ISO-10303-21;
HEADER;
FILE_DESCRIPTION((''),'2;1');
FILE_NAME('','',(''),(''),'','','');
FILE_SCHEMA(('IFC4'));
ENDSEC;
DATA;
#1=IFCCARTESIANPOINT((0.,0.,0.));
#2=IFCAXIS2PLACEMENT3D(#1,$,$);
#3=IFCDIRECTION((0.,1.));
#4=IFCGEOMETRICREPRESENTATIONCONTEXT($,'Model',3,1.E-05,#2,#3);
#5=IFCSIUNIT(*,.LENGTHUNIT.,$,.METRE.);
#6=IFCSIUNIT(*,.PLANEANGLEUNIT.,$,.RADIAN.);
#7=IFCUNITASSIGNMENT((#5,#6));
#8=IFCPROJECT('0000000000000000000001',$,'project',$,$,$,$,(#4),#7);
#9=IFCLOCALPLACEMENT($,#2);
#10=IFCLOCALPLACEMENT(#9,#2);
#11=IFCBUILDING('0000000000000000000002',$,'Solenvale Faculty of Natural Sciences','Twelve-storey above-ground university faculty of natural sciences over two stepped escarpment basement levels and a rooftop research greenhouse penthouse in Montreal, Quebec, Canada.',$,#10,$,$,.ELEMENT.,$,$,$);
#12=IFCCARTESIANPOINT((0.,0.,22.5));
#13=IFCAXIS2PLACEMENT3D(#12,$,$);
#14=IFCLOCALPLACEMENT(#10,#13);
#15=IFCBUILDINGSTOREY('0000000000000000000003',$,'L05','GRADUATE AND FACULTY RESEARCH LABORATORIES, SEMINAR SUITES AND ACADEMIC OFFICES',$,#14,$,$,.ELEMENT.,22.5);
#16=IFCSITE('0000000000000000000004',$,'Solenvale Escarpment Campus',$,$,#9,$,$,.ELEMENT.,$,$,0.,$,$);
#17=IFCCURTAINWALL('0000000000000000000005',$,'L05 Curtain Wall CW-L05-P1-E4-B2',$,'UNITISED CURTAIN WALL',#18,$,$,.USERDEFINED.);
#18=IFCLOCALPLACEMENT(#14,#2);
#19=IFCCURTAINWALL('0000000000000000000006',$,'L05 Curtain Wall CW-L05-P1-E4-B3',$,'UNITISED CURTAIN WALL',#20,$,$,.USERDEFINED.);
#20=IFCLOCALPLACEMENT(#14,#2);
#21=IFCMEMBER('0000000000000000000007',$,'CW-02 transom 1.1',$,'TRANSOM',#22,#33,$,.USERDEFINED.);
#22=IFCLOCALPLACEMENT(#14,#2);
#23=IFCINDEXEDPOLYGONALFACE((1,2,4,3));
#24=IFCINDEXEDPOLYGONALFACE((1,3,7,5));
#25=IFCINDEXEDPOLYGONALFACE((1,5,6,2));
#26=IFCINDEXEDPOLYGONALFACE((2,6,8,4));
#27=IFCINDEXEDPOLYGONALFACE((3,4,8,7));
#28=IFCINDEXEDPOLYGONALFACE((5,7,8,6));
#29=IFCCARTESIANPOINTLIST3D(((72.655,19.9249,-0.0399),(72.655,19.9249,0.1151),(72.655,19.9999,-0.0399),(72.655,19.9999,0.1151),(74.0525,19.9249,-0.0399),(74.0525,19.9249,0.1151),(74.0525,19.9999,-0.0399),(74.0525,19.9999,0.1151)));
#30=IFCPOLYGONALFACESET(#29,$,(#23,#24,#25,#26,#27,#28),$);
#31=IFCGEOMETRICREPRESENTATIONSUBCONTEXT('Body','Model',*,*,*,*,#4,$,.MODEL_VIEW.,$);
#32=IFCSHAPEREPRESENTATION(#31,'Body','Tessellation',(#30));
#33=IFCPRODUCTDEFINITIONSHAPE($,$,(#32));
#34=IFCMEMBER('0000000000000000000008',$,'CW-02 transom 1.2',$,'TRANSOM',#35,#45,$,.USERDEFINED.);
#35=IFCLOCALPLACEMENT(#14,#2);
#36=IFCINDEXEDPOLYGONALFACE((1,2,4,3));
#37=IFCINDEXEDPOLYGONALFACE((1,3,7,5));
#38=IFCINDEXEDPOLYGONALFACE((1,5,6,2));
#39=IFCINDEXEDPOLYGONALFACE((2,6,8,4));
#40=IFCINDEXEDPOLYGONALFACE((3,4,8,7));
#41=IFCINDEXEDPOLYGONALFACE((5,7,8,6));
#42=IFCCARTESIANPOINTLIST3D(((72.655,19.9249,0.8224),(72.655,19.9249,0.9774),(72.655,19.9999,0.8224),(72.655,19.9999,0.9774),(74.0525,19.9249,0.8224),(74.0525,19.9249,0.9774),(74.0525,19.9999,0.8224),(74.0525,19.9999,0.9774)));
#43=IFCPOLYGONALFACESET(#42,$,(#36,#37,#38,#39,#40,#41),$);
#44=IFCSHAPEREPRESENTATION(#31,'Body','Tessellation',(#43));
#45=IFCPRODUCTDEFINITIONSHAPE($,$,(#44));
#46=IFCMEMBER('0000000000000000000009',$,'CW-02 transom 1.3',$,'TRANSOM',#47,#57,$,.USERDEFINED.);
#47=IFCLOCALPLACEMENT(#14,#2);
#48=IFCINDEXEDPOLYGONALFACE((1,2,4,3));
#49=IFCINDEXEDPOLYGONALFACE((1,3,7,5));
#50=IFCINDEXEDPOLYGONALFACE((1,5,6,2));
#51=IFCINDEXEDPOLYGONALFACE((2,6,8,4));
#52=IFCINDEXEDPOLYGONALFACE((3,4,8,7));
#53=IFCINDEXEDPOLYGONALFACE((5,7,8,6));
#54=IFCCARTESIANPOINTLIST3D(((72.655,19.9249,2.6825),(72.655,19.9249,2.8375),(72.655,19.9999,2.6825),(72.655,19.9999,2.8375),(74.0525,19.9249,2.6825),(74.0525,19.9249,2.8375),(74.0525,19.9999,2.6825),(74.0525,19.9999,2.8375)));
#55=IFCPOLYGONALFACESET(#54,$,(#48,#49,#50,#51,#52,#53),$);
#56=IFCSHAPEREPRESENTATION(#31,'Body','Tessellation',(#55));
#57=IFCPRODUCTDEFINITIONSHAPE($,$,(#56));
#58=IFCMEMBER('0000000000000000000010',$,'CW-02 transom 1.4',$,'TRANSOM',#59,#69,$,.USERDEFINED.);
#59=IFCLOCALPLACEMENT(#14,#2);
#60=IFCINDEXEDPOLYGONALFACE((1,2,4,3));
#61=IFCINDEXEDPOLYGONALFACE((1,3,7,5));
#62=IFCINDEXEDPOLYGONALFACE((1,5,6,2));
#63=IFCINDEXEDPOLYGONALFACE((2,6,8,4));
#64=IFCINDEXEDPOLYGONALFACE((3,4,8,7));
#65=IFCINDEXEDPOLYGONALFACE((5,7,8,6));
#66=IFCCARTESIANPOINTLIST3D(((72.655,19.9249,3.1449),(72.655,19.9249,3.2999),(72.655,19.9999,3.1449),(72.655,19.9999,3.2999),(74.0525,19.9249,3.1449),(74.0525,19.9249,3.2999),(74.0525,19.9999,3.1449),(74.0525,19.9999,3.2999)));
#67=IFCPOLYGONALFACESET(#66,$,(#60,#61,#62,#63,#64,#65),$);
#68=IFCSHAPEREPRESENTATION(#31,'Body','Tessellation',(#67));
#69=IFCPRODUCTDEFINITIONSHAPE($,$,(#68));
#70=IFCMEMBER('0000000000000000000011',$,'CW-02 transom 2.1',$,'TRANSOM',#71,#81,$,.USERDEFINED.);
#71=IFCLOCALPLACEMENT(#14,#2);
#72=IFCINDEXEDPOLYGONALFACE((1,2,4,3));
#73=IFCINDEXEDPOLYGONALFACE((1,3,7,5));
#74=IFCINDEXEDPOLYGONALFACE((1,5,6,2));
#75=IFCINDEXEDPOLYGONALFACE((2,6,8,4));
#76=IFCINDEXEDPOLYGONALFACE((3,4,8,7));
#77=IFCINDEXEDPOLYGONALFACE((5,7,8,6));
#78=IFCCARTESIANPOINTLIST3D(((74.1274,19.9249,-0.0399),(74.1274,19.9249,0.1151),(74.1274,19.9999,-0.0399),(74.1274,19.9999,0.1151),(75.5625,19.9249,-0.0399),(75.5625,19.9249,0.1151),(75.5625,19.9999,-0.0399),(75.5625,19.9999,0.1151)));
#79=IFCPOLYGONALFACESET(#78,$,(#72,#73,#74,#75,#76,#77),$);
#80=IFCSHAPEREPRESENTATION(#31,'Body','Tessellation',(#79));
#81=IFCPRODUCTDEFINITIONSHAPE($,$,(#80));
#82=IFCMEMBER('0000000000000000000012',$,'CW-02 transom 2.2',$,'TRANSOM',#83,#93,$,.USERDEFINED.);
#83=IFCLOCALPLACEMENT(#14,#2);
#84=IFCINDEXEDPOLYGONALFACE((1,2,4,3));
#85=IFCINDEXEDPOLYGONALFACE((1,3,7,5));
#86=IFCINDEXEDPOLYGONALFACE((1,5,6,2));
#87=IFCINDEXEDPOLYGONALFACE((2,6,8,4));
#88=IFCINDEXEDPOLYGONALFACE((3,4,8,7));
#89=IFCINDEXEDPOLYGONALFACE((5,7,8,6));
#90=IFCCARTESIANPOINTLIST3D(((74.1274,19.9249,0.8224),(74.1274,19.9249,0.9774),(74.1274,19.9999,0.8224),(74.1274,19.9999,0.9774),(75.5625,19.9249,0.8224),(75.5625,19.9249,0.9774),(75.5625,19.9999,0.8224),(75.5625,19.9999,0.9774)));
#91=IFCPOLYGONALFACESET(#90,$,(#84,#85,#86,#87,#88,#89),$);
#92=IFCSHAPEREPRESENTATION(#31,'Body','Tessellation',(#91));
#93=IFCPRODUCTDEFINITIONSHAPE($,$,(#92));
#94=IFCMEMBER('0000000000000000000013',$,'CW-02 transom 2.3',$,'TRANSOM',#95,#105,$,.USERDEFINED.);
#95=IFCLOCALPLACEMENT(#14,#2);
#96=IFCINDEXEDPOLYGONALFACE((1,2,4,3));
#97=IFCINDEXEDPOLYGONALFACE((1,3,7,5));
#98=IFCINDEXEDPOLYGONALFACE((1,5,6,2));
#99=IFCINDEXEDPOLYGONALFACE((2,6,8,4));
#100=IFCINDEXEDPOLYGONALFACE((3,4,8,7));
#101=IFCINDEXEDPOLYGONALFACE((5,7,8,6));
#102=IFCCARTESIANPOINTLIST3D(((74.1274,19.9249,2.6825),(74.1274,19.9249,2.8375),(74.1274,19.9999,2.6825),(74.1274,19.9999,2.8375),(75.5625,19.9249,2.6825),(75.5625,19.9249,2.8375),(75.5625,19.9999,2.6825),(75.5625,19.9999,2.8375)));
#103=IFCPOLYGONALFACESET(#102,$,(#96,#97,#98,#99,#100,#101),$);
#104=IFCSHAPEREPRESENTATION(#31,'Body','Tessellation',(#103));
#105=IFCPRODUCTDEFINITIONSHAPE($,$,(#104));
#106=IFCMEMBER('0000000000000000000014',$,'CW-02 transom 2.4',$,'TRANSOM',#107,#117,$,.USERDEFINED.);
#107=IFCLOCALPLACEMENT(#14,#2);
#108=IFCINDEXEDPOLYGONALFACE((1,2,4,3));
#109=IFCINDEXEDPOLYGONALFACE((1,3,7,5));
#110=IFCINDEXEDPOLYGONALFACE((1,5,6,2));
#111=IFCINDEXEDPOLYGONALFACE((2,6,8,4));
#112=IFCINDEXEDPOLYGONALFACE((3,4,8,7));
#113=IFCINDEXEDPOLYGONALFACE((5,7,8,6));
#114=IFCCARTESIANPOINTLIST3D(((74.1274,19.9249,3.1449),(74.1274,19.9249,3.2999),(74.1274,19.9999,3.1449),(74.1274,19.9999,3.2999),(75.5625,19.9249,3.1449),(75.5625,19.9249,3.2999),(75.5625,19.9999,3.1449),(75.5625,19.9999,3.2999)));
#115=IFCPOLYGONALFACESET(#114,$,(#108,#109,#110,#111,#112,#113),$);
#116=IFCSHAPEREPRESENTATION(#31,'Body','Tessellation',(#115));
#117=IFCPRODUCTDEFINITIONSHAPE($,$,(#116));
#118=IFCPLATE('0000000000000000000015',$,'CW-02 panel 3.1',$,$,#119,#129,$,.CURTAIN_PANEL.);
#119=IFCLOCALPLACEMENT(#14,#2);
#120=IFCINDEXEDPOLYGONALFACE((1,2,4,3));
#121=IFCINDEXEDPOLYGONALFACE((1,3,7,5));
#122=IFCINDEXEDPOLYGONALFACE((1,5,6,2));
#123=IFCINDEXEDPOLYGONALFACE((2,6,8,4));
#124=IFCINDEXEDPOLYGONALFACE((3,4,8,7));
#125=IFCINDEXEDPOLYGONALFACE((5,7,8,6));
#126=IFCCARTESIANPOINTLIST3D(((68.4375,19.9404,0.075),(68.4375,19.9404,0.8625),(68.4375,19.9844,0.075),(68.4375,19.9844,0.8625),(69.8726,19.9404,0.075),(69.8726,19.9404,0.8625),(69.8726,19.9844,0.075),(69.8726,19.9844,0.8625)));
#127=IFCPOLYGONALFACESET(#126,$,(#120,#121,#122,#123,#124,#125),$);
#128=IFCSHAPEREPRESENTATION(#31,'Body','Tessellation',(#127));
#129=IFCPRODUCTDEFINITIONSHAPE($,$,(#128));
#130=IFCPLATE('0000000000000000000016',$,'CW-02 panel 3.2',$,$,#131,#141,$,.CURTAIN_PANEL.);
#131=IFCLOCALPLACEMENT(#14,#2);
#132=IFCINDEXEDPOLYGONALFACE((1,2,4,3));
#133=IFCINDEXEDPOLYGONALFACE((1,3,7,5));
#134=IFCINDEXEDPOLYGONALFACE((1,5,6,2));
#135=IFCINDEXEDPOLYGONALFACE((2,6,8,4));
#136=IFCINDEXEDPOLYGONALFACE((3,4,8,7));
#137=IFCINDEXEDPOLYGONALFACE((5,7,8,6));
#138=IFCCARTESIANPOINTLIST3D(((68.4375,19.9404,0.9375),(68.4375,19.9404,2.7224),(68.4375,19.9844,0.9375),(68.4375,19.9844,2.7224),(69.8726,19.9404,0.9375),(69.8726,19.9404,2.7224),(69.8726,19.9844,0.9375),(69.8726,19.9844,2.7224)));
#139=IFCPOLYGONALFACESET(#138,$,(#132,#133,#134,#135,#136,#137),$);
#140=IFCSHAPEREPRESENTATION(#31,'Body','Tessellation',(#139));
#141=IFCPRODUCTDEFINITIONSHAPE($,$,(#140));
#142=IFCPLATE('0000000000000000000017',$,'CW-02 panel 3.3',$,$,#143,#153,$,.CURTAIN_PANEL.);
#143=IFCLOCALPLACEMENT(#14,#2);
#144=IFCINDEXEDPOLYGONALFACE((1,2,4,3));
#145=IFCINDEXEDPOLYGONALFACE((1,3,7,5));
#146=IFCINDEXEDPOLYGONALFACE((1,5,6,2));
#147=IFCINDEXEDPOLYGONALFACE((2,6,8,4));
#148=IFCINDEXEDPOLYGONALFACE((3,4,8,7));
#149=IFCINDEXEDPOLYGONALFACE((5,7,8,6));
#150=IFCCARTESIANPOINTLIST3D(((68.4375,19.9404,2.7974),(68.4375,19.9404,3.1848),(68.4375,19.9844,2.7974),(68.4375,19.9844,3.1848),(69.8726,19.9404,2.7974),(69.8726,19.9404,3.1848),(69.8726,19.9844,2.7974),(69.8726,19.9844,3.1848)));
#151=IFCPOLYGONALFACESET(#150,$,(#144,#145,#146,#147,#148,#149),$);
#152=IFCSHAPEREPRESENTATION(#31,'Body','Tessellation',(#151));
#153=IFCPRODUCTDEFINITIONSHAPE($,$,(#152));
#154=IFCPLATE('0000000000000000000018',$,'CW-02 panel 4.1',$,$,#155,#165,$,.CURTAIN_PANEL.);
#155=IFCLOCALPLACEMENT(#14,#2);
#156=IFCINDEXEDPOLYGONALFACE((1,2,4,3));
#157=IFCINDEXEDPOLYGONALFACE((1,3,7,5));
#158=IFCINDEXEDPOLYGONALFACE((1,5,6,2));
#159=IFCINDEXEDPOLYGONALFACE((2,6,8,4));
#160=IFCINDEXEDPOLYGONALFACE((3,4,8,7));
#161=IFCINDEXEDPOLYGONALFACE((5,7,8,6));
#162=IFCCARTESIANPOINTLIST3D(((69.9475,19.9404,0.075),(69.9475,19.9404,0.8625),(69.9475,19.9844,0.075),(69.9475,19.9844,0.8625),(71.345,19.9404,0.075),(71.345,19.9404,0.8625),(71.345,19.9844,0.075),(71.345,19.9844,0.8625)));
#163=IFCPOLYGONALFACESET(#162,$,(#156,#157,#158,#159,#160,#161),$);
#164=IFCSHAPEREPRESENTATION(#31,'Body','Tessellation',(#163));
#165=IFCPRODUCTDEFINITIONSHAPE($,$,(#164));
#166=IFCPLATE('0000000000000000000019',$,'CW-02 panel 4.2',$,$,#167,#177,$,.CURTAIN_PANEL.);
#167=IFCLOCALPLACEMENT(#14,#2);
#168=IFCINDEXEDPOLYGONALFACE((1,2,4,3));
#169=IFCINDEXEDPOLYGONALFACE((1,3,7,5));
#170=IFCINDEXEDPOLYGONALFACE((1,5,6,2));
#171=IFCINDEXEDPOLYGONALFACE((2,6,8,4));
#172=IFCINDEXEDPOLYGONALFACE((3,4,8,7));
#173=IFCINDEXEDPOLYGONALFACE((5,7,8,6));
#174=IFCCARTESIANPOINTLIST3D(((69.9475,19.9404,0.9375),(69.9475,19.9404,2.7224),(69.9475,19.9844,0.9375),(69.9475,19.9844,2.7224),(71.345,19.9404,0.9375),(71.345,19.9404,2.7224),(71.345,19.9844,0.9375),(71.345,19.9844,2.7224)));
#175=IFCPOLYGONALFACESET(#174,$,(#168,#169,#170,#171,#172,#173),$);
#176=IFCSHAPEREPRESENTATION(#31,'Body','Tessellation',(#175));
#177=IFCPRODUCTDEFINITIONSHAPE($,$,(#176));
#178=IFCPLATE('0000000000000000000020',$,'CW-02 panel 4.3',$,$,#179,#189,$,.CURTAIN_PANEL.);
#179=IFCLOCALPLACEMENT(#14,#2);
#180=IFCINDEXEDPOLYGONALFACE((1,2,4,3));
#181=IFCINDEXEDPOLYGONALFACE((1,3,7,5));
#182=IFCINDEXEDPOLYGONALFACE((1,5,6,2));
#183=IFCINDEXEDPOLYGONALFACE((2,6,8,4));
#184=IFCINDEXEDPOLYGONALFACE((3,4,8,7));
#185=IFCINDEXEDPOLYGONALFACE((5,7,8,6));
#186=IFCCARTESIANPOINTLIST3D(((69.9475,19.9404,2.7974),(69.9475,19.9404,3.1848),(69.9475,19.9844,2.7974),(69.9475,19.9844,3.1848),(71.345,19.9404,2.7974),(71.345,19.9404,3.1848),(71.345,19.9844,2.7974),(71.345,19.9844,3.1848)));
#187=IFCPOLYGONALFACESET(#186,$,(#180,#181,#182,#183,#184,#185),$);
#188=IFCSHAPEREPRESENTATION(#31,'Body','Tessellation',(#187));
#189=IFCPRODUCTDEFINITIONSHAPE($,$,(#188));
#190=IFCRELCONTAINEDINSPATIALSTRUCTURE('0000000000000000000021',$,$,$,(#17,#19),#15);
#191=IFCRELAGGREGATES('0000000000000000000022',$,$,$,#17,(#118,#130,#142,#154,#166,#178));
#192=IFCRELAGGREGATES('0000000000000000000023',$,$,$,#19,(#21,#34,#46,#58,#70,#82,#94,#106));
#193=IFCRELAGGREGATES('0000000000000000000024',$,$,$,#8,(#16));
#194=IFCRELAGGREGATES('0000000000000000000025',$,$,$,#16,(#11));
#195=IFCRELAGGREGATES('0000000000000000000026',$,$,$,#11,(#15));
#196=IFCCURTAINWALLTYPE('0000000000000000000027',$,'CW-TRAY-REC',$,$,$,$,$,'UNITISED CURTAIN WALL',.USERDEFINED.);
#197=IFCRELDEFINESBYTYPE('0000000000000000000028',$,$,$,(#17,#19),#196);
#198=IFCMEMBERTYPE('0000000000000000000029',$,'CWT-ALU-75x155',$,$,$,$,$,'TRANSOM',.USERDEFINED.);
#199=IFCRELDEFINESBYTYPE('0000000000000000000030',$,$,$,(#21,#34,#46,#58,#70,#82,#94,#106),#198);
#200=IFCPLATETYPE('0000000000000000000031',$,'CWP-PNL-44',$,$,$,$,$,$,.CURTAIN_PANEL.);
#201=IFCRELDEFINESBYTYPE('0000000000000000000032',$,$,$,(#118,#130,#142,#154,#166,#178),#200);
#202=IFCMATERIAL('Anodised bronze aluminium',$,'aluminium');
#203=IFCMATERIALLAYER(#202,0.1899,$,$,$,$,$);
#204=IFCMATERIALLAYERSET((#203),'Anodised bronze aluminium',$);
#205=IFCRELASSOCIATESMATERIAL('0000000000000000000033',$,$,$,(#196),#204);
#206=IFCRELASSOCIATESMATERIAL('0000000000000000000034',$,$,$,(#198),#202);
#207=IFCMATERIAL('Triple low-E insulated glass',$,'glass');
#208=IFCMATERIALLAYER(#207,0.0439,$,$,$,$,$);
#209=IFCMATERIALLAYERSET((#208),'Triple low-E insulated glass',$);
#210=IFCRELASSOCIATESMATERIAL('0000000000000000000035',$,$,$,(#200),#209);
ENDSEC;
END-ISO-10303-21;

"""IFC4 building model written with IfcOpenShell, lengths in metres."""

from ifc_helpers import new_model, si_unit, direction, frame, origin, origin_2d, place, context, subcontext, project, spatial, rectangle, extrude, material, layer, layer_set, material_profile, profile_set, type_object, element, aggregate, save


model = new_model("IFC4")

# Units and contexts
model_context = context("Model", 3, precision=1e-05, world=origin(), true_north=direction((0.0, 1.0)))
body_context = subcontext(model_context, "Body", "Model", "MODEL_VIEW")
ifc_project = project(units=[si_unit("LENGTHUNIT", "METRE"), si_unit("PLANEANGLEUNIT", "RADIAN")], contexts=[model_context])

# Site, building, storey
site_placement = place(None, origin())
site = spatial("IfcSite", under=ifc_project, at=site_placement, Name="Solenvale Escarpment Campus", CompositionType="ELEMENT", RefElevation=0.0)
building_placement = place(site_placement, origin())
building = spatial("IfcBuilding", under=site, at=building_placement, Name="Solenvale Faculty of Natural Sciences", Description="Twelve-storey above-ground university faculty of natural sciences over two stepped escarpment basement levels and a rooftop research greenhouse penthouse in Montreal, Quebec, Canada.", CompositionType="ELEMENT")
storey_placement = place(building_placement, frame((0.0, 0.0, 22.5)))
storey = spatial("IfcBuildingStorey", under=building, at=storey_placement, Name="L05", Description="GRADUATE AND FACULTY RESEARCH LABORATORIES, SEMINAR SUITES AND ACADEMIC OFFICES", CompositionType="ELEMENT", Elevation=22.5)

# Curtain walls
ifc_material_1 = material(Name="Anodised bronze aluminium", Category="aluminium")
ifc_layer_1 = layer(ifc_material_1, 0.1899)
ifc_layer_set_1 = layer_set([ifc_layer_1], Name="Anodised bronze aluminium")
curtain_wall_type = type_object("IfcCurtainWallType", Name="CW-TRAY-REC", ElementType="UNITISED CURTAIN WALL", PredefinedType="USERDEFINED", material=ifc_layer_set_1)
curtain_wall_1_placement = place(storey_placement, origin())
curtain_wall_1 = element("IfcCurtainWall", 1, at=curtain_wall_1_placement, inside=storey, type_object=curtain_wall_type, Name="L05 Curtain Wall CW-L05-P1-E4-B2", ObjectType="UNITISED CURTAIN WALL", PredefinedType="USERDEFINED")
curtain_wall_2_placement = place(storey_placement, origin())
curtain_wall_2 = element("IfcCurtainWall", 2, at=curtain_wall_2_placement, inside=storey, type_object=curtain_wall_type, Name="L05 Curtain Wall CW-L05-P1-E4-B3", ObjectType="UNITISED CURTAIN WALL", PredefinedType="USERDEFINED")

# Members
ifc_material_profile_1 = material_profile(ifc_material_1, rectangle(XDim=0.075, YDim=0.155, at=origin_2d()), Name="ALU-TRN-75x155")
ifc_profile_set_1 = profile_set([ifc_material_profile_1], Name="Anodised bronze aluminium")
member_type_1 = type_object("IfcMemberType", Name="CWT-ALU-75x155", ElementType="TRANSOM", PredefinedType="USERDEFINED", material=ifc_profile_set_1)
member_1_placement = place(storey_placement, frame((72.655, 19.9624, 0.0376), z_axis=(1.0, 0.0, 0.0), x_axis=(0.0, 1.0, 0.0)))
member_1 = element("IfcMember", 3, at=member_1_placement, type_object=member_type_1, Name="CW-02 transom 1.1", ObjectType="TRANSOM", PredefinedType="USERDEFINED", context=body_context, shape_type="SweptSolid", body=[
    extrude(rectangle(XDim=0.075, YDim=0.155, at=origin_2d()), origin(), (0.0, 0.0, 1.0), 1.3975),
])
member_2_placement = place(storey_placement, frame((72.655, 19.9624, 0.8999), z_axis=(1.0, 0.0, 0.0), x_axis=(0.0, 1.0, 0.0)))
member_2 = element("IfcMember", 4, at=member_2_placement, type_object=member_type_1, Name="CW-02 transom 1.2", ObjectType="TRANSOM", PredefinedType="USERDEFINED", context=body_context, shape_type="SweptSolid", body=[
    extrude(rectangle(XDim=0.075, YDim=0.155, at=origin_2d()), origin(), (0.0, 0.0, 1.0), 1.3975),
])
member_3_placement = place(storey_placement, frame((72.655, 19.9624, 2.76), z_axis=(1.0, 0.0, 0.0), x_axis=(0.0, 1.0, 0.0)))
member_3 = element("IfcMember", 5, at=member_3_placement, type_object=member_type_1, Name="CW-02 transom 1.3", ObjectType="TRANSOM", PredefinedType="USERDEFINED", context=body_context, shape_type="SweptSolid", body=[
    extrude(rectangle(XDim=0.075, YDim=0.155, at=origin_2d()), origin(), (0.0, 0.0, 1.0), 1.3975),
])
member_4_placement = place(storey_placement, frame((72.655, 19.9624, 3.2224), z_axis=(1.0, 0.0, 0.0), x_axis=(0.0, 1.0, 0.0)))
member_4 = element("IfcMember", 6, at=member_4_placement, type_object=member_type_1, Name="CW-02 transom 1.4", ObjectType="TRANSOM", PredefinedType="USERDEFINED", context=body_context, shape_type="SweptSolid", body=[
    extrude(rectangle(XDim=0.075, YDim=0.155, at=origin_2d()), origin(), (0.0, 0.0, 1.0), 1.3975),
])
member_5_placement = place(storey_placement, frame((74.1274, 19.9624, 0.0376), z_axis=(1.0, 0.0, 0.0), x_axis=(0.0, 1.0, 0.0)))
member_5 = element("IfcMember", 7, at=member_5_placement, type_object=member_type_1, Name="CW-02 transom 2.1", ObjectType="TRANSOM", PredefinedType="USERDEFINED", context=body_context, shape_type="SweptSolid", body=[
    extrude(rectangle(XDim=0.075, YDim=0.155, at=origin_2d()), origin(), (0.0, 0.0, 1.0), 1.4351),
])
member_6_placement = place(storey_placement, frame((74.1274, 19.9624, 0.8999), z_axis=(1.0, 0.0, 0.0), x_axis=(0.0, 1.0, 0.0)))
member_6 = element("IfcMember", 8, at=member_6_placement, type_object=member_type_1, Name="CW-02 transom 2.2", ObjectType="TRANSOM", PredefinedType="USERDEFINED", context=body_context, shape_type="SweptSolid", body=[
    extrude(rectangle(XDim=0.075, YDim=0.155, at=origin_2d()), origin(), (0.0, 0.0, 1.0), 1.4351),
])
member_7_placement = place(storey_placement, frame((74.1274, 19.9624, 2.76), z_axis=(1.0, 0.0, 0.0), x_axis=(0.0, 1.0, 0.0)))
member_7 = element("IfcMember", 9, at=member_7_placement, type_object=member_type_1, Name="CW-02 transom 2.3", ObjectType="TRANSOM", PredefinedType="USERDEFINED", context=body_context, shape_type="SweptSolid", body=[
    extrude(rectangle(XDim=0.075, YDim=0.155, at=origin_2d()), origin(), (0.0, 0.0, 1.0), 1.4351),
])
member_8_placement = place(storey_placement, frame((74.1274, 19.9624, 3.2224), z_axis=(1.0, 0.0, 0.0), x_axis=(0.0, 1.0, 0.0)))
member_8 = element("IfcMember", 10, at=member_8_placement, type_object=member_type_1, Name="CW-02 transom 2.4", ObjectType="TRANSOM", PredefinedType="USERDEFINED", context=body_context, shape_type="SweptSolid", body=[
    extrude(rectangle(XDim=0.075, YDim=0.155, at=origin_2d()), origin(), (0.0, 0.0, 1.0), 1.4351),
])

# Plates
ifc_material_2 = material(Name="Triple low-E insulated glass", Category="glass")
ifc_layer_2 = layer(ifc_material_2, 0.0439)
ifc_layer_set_2 = layer_set([ifc_layer_2], Name="Triple low-E insulated glass")
plate_type_1 = type_object("IfcPlateType", Name="CWP-PNL-44", PredefinedType="CURTAIN_PANEL", material=ifc_layer_set_2)
plate_1_placement = place(storey_placement, frame((69.155, 19.9624, 0.075), z_axis=(0.0, 0.0, 1.0), x_axis=(1.0, 0.0, 0.0)))
plate_1 = element("IfcPlate", 11, at=plate_1_placement, type_object=plate_type_1, Name="CW-02 panel 3.1", PredefinedType="CURTAIN_PANEL", context=body_context, shape_type="SweptSolid", body=[
    extrude(rectangle(XDim=1.4351, YDim=0.0439, at=origin_2d()), origin(), (0.0, 0.0, 1.0), 0.7876),
])
plate_2_placement = place(storey_placement, frame((69.155, 19.9624, 0.9375), z_axis=(0.0, 0.0, 1.0), x_axis=(1.0, 0.0, 0.0)))
plate_2 = element("IfcPlate", 12, at=plate_2_placement, type_object=plate_type_1, Name="CW-02 panel 3.2", PredefinedType="CURTAIN_PANEL", context=body_context, shape_type="SweptSolid", body=[
    extrude(rectangle(XDim=1.4351, YDim=0.0439, at=origin_2d()), origin(), (0.0, 0.0, 1.0), 1.7849),
])
plate_3_placement = place(storey_placement, frame((69.155, 19.9624, 2.7974), z_axis=(0.0, 0.0, 1.0), x_axis=(1.0, 0.0, 0.0)))
plate_3 = element("IfcPlate", 13, at=plate_3_placement, type_object=plate_type_1, Name="CW-02 panel 3.3", PredefinedType="CURTAIN_PANEL", context=body_context, shape_type="SweptSolid", body=[
    extrude(rectangle(XDim=1.4351, YDim=0.0439, at=origin_2d()), origin(), (0.0, 0.0, 1.0), 0.3875),
])
plate_4_placement = place(storey_placement, frame((70.6462, 19.9624, 0.075), z_axis=(0.0, 0.0, 1.0), x_axis=(1.0, 0.0, 0.0)))
plate_4 = element("IfcPlate", 14, at=plate_4_placement, type_object=plate_type_1, Name="CW-02 panel 4.1", PredefinedType="CURTAIN_PANEL", context=body_context, shape_type="SweptSolid", body=[
    extrude(rectangle(XDim=1.3975, YDim=0.0439, at=origin_2d()), origin(), (0.0, 0.0, 1.0), 0.7876),
])
plate_5_placement = place(storey_placement, frame((70.6462, 19.9624, 0.9375), z_axis=(0.0, 0.0, 1.0), x_axis=(1.0, 0.0, 0.0)))
plate_5 = element("IfcPlate", 15, at=plate_5_placement, type_object=plate_type_1, Name="CW-02 panel 4.2", PredefinedType="CURTAIN_PANEL", context=body_context, shape_type="SweptSolid", body=[
    extrude(rectangle(XDim=1.3975, YDim=0.0439, at=origin_2d()), origin(), (0.0, 0.0, 1.0), 1.7849),
])
plate_6_placement = place(storey_placement, frame((70.6462, 19.9624, 2.7974), z_axis=(0.0, 0.0, 1.0), x_axis=(1.0, 0.0, 0.0)))
plate_6 = element("IfcPlate", 16, at=plate_6_placement, type_object=plate_type_1, Name="CW-02 panel 4.3", PredefinedType="CURTAIN_PANEL", context=body_context, shape_type="SweptSolid", body=[
    extrude(rectangle(XDim=1.3975, YDim=0.0439, at=origin_2d()), origin(), (0.0, 0.0, 1.0), 0.3875),
])
aggregate(curtain_wall_1, [plate_1, plate_2, plate_3, plate_4, plate_5, plate_6])
aggregate(curtain_wall_2, [member_1, member_2, member_3, member_4, member_5, member_6, member_7, member_8])

save(model, "model.ifc")
